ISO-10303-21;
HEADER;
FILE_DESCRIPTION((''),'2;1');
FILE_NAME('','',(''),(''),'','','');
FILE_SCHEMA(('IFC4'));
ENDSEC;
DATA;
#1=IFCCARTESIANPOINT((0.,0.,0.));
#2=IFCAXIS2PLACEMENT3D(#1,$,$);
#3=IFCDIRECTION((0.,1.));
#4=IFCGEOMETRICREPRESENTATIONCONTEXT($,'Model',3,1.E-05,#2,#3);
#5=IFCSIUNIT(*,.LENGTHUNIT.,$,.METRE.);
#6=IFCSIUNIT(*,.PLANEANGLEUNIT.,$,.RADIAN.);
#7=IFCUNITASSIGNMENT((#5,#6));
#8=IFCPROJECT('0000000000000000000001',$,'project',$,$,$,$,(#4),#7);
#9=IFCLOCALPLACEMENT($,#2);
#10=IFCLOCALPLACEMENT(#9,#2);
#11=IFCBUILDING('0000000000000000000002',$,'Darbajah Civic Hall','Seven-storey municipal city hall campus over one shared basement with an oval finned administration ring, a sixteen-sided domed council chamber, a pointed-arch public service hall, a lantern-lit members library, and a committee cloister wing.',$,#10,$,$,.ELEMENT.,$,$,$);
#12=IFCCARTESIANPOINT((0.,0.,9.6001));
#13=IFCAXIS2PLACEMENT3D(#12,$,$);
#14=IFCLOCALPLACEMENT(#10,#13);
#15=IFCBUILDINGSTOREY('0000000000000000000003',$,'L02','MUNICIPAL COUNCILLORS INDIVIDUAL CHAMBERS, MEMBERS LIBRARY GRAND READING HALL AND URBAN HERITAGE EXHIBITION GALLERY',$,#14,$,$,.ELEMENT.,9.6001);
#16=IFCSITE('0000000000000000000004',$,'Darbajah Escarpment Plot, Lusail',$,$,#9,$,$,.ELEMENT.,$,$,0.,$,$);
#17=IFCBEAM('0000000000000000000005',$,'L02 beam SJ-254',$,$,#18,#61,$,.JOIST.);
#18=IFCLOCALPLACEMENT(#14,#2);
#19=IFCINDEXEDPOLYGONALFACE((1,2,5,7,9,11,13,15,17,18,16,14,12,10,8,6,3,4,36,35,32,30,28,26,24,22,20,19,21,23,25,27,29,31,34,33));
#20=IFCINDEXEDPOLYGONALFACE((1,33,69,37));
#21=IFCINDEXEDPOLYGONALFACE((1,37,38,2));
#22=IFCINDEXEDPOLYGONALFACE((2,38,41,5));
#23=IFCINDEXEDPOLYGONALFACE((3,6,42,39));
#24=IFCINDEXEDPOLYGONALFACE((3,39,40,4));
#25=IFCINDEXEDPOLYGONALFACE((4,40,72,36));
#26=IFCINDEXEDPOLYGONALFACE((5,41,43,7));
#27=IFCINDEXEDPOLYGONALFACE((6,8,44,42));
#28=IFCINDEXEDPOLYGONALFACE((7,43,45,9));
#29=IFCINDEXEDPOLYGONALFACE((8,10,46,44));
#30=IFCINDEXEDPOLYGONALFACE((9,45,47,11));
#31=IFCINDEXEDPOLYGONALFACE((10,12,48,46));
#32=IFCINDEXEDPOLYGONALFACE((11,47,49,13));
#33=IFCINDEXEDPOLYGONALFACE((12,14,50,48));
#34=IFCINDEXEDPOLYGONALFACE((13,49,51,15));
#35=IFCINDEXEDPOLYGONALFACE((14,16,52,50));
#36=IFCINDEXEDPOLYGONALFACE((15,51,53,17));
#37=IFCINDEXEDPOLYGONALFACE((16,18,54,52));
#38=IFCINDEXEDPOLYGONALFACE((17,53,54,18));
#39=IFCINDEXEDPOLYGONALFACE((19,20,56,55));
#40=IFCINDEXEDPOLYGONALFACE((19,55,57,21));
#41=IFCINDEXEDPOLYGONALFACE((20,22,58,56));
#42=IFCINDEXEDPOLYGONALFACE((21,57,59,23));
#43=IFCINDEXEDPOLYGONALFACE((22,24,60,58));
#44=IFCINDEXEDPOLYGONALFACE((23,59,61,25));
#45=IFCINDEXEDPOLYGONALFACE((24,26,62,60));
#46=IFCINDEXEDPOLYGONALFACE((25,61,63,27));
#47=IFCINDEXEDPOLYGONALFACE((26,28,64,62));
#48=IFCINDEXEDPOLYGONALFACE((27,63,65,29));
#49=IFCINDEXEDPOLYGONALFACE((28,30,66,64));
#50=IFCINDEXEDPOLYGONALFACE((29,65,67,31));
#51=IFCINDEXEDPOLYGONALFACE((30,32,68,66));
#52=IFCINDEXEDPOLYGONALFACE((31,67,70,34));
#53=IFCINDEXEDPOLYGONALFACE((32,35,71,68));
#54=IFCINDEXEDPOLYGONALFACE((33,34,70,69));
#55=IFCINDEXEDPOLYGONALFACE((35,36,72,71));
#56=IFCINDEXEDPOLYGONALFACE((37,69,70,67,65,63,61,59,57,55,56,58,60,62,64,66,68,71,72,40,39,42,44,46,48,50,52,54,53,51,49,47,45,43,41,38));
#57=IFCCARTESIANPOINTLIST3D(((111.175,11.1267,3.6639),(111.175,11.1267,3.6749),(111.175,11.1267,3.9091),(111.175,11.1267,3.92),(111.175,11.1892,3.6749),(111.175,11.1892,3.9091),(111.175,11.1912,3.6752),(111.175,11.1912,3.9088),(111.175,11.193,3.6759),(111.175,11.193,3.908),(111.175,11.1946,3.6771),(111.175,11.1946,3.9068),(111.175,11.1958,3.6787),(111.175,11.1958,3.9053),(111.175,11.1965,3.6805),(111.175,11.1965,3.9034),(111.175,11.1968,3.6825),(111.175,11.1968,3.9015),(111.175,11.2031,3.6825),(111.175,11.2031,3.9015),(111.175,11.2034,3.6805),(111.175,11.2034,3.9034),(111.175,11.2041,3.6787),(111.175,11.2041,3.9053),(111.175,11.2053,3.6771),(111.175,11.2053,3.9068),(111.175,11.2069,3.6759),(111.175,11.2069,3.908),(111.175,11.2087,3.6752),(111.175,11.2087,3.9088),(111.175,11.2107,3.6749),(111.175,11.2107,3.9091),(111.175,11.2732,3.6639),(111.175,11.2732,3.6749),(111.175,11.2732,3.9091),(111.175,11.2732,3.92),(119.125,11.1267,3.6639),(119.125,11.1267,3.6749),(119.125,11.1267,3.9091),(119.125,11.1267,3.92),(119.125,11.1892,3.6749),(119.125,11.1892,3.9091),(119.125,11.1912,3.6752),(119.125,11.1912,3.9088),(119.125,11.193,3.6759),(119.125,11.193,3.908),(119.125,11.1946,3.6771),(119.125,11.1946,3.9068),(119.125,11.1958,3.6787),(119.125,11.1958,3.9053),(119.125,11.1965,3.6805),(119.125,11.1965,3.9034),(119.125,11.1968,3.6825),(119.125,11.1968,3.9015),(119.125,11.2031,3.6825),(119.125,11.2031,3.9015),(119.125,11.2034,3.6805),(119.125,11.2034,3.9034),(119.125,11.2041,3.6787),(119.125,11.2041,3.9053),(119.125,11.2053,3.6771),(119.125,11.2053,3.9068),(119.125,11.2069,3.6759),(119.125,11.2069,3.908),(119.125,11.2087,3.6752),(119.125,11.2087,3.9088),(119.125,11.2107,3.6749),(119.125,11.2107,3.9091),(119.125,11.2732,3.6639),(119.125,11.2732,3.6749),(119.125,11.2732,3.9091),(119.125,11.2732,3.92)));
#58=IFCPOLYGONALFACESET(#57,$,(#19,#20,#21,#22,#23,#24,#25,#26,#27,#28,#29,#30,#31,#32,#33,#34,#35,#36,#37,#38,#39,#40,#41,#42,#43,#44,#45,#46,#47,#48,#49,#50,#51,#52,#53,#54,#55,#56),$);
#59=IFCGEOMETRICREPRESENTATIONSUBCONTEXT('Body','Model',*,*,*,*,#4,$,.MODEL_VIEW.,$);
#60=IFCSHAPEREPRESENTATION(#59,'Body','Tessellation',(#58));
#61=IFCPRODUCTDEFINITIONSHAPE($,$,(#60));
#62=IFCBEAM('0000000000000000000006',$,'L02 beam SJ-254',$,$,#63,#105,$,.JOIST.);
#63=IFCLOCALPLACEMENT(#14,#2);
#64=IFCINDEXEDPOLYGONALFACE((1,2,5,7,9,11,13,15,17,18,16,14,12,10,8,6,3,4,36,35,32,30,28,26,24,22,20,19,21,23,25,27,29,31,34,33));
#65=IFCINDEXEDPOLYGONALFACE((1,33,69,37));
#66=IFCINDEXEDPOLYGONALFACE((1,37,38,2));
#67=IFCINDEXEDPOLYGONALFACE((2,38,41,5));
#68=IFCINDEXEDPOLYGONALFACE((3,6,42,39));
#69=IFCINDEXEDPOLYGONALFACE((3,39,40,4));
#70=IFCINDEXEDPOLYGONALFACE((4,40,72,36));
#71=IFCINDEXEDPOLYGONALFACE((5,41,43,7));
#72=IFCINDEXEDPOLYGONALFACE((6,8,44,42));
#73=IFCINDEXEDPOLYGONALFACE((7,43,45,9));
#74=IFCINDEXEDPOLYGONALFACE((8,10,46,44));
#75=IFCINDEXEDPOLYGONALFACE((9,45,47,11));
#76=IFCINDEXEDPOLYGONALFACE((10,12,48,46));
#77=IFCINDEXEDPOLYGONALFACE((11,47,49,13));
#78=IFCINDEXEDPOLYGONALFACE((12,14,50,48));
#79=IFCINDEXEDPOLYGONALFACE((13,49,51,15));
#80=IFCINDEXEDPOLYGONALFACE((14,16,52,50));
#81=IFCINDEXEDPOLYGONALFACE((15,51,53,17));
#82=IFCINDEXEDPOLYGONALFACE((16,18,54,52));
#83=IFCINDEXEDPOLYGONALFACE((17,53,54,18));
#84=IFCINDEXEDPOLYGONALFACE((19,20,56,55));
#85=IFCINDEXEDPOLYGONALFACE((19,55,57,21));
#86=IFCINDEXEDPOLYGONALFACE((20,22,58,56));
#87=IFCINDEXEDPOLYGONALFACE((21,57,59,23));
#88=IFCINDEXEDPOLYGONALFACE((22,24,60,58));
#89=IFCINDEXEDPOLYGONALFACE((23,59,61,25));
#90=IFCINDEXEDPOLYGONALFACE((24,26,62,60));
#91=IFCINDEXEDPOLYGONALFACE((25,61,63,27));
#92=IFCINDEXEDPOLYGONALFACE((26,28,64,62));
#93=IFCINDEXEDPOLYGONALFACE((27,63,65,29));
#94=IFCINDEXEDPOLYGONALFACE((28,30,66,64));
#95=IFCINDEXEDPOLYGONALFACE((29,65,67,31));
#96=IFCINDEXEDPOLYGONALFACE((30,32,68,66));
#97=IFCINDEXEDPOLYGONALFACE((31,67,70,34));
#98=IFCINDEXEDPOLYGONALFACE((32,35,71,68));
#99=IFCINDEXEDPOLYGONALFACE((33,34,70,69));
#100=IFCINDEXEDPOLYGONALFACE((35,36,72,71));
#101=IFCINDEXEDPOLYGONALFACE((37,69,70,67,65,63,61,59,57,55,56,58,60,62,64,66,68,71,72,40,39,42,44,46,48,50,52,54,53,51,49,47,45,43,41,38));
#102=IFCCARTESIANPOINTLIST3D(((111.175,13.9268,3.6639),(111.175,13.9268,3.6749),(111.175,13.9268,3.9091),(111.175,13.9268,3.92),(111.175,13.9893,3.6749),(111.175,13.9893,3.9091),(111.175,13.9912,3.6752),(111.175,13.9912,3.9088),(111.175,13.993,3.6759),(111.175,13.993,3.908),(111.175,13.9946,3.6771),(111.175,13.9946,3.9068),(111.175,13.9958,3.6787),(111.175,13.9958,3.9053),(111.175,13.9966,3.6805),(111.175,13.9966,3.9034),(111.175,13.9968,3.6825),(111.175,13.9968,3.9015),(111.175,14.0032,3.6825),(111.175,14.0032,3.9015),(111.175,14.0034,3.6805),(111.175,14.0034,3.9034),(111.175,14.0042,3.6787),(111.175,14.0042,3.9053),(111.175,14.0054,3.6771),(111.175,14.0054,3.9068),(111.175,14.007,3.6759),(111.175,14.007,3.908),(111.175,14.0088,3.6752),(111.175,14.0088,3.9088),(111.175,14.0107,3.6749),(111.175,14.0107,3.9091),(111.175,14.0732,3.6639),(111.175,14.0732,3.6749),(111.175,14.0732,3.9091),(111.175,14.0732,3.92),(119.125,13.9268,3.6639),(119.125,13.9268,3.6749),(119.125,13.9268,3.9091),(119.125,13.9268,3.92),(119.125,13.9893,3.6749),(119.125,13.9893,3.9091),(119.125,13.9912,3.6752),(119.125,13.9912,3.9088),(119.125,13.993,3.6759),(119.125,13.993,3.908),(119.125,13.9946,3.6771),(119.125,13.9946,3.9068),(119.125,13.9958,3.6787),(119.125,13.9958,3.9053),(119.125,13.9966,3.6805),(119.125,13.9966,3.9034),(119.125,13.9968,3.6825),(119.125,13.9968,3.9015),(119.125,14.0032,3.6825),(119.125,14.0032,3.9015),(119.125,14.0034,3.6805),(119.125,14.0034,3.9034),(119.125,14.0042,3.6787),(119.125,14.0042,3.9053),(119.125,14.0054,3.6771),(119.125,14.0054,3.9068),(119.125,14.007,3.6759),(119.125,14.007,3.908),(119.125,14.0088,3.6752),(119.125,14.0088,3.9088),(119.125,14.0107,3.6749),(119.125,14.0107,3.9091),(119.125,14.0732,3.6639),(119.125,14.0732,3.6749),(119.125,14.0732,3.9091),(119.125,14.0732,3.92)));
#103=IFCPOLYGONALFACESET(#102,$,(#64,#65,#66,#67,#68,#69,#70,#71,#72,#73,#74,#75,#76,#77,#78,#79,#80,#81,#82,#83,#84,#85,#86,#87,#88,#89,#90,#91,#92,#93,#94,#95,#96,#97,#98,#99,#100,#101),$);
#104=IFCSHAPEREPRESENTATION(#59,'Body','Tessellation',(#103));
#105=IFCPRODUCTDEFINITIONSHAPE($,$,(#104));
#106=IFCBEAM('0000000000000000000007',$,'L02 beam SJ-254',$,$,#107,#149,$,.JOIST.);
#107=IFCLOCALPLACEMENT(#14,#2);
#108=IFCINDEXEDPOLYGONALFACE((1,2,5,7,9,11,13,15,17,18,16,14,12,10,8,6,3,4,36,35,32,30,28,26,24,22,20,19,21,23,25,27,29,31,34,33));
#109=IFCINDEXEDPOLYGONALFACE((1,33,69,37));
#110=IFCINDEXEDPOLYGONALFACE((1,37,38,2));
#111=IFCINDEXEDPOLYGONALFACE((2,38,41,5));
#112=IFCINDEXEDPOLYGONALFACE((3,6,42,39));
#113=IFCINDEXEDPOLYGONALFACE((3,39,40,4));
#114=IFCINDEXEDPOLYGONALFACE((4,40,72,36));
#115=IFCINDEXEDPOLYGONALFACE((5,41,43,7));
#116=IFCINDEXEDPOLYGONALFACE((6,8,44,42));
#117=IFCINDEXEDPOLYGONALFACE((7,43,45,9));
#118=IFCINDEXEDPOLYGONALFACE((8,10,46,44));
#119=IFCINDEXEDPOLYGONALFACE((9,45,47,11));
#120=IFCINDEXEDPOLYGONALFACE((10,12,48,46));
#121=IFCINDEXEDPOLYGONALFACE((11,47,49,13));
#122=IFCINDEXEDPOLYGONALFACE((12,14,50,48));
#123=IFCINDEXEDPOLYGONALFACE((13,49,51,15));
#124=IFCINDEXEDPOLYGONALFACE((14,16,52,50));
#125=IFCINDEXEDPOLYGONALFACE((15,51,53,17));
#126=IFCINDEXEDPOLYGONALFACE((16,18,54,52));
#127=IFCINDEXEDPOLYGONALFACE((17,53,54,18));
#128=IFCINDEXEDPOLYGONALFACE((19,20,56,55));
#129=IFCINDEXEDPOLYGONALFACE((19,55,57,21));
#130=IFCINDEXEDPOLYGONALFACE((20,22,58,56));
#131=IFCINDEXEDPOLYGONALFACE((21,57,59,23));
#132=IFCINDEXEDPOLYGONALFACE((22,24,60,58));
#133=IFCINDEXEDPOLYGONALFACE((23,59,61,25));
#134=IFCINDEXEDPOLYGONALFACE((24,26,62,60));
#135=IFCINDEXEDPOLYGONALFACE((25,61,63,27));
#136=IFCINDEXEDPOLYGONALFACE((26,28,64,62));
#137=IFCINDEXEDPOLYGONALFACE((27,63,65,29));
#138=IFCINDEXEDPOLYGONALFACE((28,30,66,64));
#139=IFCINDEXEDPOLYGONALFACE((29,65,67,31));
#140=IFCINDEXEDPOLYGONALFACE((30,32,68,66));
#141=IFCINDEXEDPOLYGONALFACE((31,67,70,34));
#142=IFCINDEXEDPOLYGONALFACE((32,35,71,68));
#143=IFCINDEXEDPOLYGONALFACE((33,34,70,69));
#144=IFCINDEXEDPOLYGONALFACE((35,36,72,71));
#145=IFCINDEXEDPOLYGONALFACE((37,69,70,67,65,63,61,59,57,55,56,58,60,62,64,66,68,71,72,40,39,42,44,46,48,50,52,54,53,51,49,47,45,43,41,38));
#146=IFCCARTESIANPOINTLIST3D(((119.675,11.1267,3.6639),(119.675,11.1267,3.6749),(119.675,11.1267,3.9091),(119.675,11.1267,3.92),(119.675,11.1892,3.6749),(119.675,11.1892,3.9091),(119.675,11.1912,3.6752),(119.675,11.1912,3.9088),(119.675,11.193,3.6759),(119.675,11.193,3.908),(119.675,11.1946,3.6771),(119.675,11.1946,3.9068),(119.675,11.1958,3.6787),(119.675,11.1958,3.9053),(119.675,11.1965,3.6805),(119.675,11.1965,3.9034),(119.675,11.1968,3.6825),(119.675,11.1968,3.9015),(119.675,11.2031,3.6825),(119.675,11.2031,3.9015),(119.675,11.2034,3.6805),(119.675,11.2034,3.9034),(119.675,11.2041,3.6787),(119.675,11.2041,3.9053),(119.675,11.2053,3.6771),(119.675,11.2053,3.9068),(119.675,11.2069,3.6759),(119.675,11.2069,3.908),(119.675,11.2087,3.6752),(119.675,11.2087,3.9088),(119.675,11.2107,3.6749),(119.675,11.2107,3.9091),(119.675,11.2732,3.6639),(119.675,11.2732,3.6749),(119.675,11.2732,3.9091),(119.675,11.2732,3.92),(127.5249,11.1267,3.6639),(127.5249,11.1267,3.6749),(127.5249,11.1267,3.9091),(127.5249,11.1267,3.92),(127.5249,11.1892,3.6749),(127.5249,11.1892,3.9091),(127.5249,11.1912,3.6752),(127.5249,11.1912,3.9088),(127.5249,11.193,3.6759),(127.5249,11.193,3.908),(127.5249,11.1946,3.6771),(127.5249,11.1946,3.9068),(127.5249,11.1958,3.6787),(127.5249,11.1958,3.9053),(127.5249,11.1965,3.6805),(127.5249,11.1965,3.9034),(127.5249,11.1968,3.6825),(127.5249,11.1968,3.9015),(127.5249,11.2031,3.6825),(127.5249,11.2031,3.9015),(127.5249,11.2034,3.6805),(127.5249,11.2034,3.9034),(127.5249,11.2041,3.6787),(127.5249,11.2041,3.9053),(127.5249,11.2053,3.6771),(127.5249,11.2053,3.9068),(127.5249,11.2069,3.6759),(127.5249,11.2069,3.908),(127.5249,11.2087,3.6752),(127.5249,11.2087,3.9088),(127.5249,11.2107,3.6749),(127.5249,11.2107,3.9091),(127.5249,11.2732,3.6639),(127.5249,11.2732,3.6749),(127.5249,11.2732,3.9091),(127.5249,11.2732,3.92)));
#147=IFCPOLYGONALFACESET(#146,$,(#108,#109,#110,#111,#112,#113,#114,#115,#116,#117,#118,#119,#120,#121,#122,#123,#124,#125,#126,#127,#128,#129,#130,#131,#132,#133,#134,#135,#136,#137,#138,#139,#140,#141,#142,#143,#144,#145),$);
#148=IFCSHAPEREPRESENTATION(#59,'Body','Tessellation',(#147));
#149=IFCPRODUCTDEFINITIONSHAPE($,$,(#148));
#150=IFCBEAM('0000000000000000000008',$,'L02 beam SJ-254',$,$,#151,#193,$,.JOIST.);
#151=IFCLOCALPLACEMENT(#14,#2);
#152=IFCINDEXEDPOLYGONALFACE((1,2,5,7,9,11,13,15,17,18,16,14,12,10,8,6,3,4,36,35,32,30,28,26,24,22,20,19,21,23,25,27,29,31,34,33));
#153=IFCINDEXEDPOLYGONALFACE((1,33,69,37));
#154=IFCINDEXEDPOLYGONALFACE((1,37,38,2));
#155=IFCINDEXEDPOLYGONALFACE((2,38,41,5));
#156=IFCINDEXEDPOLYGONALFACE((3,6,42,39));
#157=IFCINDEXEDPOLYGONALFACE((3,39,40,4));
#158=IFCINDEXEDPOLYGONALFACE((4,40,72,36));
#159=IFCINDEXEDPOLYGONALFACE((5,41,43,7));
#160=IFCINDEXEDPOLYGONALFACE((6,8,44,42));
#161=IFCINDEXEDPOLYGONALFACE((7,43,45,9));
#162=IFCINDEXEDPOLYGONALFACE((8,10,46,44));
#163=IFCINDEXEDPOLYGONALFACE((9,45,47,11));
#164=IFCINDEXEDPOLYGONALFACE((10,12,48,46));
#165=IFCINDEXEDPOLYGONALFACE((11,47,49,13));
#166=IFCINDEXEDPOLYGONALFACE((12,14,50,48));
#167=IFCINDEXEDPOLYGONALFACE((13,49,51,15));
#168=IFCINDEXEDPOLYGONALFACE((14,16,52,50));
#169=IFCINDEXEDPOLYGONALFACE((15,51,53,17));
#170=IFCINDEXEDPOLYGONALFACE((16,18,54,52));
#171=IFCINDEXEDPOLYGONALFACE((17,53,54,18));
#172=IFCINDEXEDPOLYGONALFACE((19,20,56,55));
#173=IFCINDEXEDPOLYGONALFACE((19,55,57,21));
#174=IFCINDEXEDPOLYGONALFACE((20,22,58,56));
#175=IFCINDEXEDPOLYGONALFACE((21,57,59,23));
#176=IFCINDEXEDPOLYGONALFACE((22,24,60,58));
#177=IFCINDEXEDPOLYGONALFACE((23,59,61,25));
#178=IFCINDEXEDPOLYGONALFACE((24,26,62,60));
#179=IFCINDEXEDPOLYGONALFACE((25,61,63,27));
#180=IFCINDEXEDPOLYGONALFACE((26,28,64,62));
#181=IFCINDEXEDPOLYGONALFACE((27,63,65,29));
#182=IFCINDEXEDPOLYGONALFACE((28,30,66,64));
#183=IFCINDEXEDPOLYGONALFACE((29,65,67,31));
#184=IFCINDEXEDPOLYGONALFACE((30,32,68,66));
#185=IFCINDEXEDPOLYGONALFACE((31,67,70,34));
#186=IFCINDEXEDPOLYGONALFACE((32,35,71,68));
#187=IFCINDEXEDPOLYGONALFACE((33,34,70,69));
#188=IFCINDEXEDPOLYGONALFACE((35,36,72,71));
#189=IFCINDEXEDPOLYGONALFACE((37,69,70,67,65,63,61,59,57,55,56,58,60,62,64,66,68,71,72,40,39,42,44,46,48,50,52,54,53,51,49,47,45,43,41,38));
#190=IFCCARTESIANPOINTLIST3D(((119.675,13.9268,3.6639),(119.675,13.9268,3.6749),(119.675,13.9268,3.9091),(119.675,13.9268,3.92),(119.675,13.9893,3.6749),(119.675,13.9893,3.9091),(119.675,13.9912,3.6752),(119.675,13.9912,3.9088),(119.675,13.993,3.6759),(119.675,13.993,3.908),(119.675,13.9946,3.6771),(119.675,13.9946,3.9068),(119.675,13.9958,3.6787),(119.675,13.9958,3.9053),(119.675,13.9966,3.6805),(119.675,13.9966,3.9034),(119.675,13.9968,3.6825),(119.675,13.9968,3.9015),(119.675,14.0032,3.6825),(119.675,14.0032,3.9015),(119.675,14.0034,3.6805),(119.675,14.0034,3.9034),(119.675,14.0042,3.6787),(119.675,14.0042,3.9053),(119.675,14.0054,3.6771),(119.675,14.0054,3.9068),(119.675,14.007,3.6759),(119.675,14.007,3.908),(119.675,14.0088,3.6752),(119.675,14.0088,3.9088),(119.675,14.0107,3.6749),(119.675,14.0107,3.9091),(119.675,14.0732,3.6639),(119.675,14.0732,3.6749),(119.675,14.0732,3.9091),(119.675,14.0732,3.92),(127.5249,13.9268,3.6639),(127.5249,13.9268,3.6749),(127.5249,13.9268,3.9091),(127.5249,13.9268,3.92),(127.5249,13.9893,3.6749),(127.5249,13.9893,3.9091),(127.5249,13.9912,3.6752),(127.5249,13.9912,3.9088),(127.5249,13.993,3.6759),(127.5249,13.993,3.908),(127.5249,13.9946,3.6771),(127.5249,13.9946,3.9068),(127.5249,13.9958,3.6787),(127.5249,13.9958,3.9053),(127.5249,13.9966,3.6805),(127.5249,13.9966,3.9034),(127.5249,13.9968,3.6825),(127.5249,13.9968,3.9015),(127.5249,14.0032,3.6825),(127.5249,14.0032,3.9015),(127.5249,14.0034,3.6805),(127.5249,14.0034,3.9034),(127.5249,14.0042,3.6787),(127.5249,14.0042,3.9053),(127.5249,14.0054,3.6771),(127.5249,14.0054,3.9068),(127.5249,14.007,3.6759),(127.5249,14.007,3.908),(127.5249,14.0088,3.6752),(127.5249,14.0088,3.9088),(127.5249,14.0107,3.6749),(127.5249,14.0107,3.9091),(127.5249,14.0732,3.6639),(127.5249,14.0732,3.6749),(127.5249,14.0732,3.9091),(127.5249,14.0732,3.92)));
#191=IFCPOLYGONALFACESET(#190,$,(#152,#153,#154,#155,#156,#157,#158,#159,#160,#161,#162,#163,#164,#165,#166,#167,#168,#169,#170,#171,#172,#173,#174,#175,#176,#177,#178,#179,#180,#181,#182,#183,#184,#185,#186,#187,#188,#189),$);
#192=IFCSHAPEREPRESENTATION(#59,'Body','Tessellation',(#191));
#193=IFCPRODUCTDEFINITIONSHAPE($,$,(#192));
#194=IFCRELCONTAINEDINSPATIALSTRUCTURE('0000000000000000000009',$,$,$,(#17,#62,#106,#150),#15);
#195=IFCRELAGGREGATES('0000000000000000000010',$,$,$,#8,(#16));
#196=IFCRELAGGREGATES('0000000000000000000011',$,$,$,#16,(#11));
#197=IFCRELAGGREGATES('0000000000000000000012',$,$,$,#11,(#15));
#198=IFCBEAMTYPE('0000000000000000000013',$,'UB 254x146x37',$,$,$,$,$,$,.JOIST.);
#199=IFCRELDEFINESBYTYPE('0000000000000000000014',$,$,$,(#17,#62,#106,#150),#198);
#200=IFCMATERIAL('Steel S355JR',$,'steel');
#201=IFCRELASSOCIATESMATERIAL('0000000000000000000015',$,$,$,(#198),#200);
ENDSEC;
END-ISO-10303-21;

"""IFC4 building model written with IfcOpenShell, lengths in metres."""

from ifc_helpers import new_model, si_unit, direction, frame, origin, origin_2d, place, context, subcontext, project, spatial, i_section, extrude, material, material_profile, profile_set, type_object, element, save


model = new_model("IFC4")

# Units and contexts
model_context = context("Model", 3, precision=1e-05, world=origin(), true_north=direction((0.0, 1.0)))
body_context = subcontext(model_context, "Body", "Model", "MODEL_VIEW")
ifc_project = project(units=[si_unit("LENGTHUNIT", "METRE"), si_unit("PLANEANGLEUNIT", "RADIAN")], contexts=[model_context])

# Site, building, storey
site_placement = place(None, origin())
site = spatial("IfcSite", under=ifc_project, at=site_placement, Name="Darbajah Escarpment Plot, Lusail", CompositionType="ELEMENT", RefElevation=0.0)
building_placement = place(site_placement, origin())
building = spatial("IfcBuilding", under=site, at=building_placement, Name="Darbajah Civic Hall", Description="Seven-storey municipal city hall campus over one shared basement with an oval finned administration ring, a sixteen-sided domed council chamber, a pointed-arch public service hall, a lantern-lit members library, and a committee cloister wing.", CompositionType="ELEMENT")
storey_placement = place(building_placement, frame((0.0, 0.0, 9.6001)))
storey = spatial("IfcBuildingStorey", under=building, at=storey_placement, Name="L02", Description="MUNICIPAL COUNCILLORS INDIVIDUAL CHAMBERS, MEMBERS LIBRARY GRAND READING HALL AND URBAN HERITAGE EXHIBITION GALLERY", CompositionType="ELEMENT", Elevation=9.6001)

# Shared definitions
ifc_material_1 = material(Name="Steel S355JR", Category="steel")

# Beams
ifc_material_profile_1 = material_profile(ifc_material_1, i_section(OverallWidth=0.1465, OverallDepth=0.2561, WebThickness=0.0063, FlangeThickness=0.011, FilletRadius=0.0076, at=origin_2d()), Name="UB 254x146x37")
ifc_profile_set_1 = profile_set([ifc_material_profile_1], Name="Steel S355JR")
beam_type_1 = type_object("IfcBeamType", Name="UB 254x146x37", PredefinedType="JOIST", material=ifc_profile_set_1)
for number, where, z_axis, x_axis, name in (
    (1, (111.175, 11.2, 3.792), (1.0, 0.0, 0.0), (0.0, 1.0, 0.0), "L02 beam SJ-254"),
    (2, (111.175, 14.0, 3.792), (1.0, 0.0, 0.0), (0.0, 1.0, 0.0), "L02 beam SJ-254"),
):
    element("IfcBeam", number, at=place(storey_placement, frame(where, z_axis=z_axis, x_axis=x_axis)), inside=storey, type_object=beam_type_1, Name=name, PredefinedType="JOIST", context=body_context, shape_type="SweptSolid", body=[
        extrude(i_section(OverallWidth=0.1465, OverallDepth=0.2561, WebThickness=0.0063, FlangeThickness=0.011, FilletRadius=0.0076, at=origin_2d()), origin(), (0.0, 0.0, 1.0), 7.95),
    ])
for number, where, z_axis, x_axis, name in (
    (3, (119.675, 11.2, 3.792), (1.0, 0.0, 0.0), (0.0, 1.0, 0.0), "L02 beam SJ-254"),
    (4, (119.675, 14.0, 3.792), (1.0, 0.0, 0.0), (0.0, 1.0, 0.0), "L02 beam SJ-254"),
):
    element("IfcBeam", number, at=place(storey_placement, frame(where, z_axis=z_axis, x_axis=x_axis)), inside=storey, type_object=beam_type_1, Name=name, PredefinedType="JOIST", context=body_context, shape_type="SweptSolid", body=[
        extrude(i_section(OverallWidth=0.1465, OverallDepth=0.2561, WebThickness=0.0063, FlangeThickness=0.011, FilletRadius=0.0076, at=origin_2d()), origin(), (0.0, 0.0, 1.0), 7.8499),
    ])

save(model, "model.ifc")
